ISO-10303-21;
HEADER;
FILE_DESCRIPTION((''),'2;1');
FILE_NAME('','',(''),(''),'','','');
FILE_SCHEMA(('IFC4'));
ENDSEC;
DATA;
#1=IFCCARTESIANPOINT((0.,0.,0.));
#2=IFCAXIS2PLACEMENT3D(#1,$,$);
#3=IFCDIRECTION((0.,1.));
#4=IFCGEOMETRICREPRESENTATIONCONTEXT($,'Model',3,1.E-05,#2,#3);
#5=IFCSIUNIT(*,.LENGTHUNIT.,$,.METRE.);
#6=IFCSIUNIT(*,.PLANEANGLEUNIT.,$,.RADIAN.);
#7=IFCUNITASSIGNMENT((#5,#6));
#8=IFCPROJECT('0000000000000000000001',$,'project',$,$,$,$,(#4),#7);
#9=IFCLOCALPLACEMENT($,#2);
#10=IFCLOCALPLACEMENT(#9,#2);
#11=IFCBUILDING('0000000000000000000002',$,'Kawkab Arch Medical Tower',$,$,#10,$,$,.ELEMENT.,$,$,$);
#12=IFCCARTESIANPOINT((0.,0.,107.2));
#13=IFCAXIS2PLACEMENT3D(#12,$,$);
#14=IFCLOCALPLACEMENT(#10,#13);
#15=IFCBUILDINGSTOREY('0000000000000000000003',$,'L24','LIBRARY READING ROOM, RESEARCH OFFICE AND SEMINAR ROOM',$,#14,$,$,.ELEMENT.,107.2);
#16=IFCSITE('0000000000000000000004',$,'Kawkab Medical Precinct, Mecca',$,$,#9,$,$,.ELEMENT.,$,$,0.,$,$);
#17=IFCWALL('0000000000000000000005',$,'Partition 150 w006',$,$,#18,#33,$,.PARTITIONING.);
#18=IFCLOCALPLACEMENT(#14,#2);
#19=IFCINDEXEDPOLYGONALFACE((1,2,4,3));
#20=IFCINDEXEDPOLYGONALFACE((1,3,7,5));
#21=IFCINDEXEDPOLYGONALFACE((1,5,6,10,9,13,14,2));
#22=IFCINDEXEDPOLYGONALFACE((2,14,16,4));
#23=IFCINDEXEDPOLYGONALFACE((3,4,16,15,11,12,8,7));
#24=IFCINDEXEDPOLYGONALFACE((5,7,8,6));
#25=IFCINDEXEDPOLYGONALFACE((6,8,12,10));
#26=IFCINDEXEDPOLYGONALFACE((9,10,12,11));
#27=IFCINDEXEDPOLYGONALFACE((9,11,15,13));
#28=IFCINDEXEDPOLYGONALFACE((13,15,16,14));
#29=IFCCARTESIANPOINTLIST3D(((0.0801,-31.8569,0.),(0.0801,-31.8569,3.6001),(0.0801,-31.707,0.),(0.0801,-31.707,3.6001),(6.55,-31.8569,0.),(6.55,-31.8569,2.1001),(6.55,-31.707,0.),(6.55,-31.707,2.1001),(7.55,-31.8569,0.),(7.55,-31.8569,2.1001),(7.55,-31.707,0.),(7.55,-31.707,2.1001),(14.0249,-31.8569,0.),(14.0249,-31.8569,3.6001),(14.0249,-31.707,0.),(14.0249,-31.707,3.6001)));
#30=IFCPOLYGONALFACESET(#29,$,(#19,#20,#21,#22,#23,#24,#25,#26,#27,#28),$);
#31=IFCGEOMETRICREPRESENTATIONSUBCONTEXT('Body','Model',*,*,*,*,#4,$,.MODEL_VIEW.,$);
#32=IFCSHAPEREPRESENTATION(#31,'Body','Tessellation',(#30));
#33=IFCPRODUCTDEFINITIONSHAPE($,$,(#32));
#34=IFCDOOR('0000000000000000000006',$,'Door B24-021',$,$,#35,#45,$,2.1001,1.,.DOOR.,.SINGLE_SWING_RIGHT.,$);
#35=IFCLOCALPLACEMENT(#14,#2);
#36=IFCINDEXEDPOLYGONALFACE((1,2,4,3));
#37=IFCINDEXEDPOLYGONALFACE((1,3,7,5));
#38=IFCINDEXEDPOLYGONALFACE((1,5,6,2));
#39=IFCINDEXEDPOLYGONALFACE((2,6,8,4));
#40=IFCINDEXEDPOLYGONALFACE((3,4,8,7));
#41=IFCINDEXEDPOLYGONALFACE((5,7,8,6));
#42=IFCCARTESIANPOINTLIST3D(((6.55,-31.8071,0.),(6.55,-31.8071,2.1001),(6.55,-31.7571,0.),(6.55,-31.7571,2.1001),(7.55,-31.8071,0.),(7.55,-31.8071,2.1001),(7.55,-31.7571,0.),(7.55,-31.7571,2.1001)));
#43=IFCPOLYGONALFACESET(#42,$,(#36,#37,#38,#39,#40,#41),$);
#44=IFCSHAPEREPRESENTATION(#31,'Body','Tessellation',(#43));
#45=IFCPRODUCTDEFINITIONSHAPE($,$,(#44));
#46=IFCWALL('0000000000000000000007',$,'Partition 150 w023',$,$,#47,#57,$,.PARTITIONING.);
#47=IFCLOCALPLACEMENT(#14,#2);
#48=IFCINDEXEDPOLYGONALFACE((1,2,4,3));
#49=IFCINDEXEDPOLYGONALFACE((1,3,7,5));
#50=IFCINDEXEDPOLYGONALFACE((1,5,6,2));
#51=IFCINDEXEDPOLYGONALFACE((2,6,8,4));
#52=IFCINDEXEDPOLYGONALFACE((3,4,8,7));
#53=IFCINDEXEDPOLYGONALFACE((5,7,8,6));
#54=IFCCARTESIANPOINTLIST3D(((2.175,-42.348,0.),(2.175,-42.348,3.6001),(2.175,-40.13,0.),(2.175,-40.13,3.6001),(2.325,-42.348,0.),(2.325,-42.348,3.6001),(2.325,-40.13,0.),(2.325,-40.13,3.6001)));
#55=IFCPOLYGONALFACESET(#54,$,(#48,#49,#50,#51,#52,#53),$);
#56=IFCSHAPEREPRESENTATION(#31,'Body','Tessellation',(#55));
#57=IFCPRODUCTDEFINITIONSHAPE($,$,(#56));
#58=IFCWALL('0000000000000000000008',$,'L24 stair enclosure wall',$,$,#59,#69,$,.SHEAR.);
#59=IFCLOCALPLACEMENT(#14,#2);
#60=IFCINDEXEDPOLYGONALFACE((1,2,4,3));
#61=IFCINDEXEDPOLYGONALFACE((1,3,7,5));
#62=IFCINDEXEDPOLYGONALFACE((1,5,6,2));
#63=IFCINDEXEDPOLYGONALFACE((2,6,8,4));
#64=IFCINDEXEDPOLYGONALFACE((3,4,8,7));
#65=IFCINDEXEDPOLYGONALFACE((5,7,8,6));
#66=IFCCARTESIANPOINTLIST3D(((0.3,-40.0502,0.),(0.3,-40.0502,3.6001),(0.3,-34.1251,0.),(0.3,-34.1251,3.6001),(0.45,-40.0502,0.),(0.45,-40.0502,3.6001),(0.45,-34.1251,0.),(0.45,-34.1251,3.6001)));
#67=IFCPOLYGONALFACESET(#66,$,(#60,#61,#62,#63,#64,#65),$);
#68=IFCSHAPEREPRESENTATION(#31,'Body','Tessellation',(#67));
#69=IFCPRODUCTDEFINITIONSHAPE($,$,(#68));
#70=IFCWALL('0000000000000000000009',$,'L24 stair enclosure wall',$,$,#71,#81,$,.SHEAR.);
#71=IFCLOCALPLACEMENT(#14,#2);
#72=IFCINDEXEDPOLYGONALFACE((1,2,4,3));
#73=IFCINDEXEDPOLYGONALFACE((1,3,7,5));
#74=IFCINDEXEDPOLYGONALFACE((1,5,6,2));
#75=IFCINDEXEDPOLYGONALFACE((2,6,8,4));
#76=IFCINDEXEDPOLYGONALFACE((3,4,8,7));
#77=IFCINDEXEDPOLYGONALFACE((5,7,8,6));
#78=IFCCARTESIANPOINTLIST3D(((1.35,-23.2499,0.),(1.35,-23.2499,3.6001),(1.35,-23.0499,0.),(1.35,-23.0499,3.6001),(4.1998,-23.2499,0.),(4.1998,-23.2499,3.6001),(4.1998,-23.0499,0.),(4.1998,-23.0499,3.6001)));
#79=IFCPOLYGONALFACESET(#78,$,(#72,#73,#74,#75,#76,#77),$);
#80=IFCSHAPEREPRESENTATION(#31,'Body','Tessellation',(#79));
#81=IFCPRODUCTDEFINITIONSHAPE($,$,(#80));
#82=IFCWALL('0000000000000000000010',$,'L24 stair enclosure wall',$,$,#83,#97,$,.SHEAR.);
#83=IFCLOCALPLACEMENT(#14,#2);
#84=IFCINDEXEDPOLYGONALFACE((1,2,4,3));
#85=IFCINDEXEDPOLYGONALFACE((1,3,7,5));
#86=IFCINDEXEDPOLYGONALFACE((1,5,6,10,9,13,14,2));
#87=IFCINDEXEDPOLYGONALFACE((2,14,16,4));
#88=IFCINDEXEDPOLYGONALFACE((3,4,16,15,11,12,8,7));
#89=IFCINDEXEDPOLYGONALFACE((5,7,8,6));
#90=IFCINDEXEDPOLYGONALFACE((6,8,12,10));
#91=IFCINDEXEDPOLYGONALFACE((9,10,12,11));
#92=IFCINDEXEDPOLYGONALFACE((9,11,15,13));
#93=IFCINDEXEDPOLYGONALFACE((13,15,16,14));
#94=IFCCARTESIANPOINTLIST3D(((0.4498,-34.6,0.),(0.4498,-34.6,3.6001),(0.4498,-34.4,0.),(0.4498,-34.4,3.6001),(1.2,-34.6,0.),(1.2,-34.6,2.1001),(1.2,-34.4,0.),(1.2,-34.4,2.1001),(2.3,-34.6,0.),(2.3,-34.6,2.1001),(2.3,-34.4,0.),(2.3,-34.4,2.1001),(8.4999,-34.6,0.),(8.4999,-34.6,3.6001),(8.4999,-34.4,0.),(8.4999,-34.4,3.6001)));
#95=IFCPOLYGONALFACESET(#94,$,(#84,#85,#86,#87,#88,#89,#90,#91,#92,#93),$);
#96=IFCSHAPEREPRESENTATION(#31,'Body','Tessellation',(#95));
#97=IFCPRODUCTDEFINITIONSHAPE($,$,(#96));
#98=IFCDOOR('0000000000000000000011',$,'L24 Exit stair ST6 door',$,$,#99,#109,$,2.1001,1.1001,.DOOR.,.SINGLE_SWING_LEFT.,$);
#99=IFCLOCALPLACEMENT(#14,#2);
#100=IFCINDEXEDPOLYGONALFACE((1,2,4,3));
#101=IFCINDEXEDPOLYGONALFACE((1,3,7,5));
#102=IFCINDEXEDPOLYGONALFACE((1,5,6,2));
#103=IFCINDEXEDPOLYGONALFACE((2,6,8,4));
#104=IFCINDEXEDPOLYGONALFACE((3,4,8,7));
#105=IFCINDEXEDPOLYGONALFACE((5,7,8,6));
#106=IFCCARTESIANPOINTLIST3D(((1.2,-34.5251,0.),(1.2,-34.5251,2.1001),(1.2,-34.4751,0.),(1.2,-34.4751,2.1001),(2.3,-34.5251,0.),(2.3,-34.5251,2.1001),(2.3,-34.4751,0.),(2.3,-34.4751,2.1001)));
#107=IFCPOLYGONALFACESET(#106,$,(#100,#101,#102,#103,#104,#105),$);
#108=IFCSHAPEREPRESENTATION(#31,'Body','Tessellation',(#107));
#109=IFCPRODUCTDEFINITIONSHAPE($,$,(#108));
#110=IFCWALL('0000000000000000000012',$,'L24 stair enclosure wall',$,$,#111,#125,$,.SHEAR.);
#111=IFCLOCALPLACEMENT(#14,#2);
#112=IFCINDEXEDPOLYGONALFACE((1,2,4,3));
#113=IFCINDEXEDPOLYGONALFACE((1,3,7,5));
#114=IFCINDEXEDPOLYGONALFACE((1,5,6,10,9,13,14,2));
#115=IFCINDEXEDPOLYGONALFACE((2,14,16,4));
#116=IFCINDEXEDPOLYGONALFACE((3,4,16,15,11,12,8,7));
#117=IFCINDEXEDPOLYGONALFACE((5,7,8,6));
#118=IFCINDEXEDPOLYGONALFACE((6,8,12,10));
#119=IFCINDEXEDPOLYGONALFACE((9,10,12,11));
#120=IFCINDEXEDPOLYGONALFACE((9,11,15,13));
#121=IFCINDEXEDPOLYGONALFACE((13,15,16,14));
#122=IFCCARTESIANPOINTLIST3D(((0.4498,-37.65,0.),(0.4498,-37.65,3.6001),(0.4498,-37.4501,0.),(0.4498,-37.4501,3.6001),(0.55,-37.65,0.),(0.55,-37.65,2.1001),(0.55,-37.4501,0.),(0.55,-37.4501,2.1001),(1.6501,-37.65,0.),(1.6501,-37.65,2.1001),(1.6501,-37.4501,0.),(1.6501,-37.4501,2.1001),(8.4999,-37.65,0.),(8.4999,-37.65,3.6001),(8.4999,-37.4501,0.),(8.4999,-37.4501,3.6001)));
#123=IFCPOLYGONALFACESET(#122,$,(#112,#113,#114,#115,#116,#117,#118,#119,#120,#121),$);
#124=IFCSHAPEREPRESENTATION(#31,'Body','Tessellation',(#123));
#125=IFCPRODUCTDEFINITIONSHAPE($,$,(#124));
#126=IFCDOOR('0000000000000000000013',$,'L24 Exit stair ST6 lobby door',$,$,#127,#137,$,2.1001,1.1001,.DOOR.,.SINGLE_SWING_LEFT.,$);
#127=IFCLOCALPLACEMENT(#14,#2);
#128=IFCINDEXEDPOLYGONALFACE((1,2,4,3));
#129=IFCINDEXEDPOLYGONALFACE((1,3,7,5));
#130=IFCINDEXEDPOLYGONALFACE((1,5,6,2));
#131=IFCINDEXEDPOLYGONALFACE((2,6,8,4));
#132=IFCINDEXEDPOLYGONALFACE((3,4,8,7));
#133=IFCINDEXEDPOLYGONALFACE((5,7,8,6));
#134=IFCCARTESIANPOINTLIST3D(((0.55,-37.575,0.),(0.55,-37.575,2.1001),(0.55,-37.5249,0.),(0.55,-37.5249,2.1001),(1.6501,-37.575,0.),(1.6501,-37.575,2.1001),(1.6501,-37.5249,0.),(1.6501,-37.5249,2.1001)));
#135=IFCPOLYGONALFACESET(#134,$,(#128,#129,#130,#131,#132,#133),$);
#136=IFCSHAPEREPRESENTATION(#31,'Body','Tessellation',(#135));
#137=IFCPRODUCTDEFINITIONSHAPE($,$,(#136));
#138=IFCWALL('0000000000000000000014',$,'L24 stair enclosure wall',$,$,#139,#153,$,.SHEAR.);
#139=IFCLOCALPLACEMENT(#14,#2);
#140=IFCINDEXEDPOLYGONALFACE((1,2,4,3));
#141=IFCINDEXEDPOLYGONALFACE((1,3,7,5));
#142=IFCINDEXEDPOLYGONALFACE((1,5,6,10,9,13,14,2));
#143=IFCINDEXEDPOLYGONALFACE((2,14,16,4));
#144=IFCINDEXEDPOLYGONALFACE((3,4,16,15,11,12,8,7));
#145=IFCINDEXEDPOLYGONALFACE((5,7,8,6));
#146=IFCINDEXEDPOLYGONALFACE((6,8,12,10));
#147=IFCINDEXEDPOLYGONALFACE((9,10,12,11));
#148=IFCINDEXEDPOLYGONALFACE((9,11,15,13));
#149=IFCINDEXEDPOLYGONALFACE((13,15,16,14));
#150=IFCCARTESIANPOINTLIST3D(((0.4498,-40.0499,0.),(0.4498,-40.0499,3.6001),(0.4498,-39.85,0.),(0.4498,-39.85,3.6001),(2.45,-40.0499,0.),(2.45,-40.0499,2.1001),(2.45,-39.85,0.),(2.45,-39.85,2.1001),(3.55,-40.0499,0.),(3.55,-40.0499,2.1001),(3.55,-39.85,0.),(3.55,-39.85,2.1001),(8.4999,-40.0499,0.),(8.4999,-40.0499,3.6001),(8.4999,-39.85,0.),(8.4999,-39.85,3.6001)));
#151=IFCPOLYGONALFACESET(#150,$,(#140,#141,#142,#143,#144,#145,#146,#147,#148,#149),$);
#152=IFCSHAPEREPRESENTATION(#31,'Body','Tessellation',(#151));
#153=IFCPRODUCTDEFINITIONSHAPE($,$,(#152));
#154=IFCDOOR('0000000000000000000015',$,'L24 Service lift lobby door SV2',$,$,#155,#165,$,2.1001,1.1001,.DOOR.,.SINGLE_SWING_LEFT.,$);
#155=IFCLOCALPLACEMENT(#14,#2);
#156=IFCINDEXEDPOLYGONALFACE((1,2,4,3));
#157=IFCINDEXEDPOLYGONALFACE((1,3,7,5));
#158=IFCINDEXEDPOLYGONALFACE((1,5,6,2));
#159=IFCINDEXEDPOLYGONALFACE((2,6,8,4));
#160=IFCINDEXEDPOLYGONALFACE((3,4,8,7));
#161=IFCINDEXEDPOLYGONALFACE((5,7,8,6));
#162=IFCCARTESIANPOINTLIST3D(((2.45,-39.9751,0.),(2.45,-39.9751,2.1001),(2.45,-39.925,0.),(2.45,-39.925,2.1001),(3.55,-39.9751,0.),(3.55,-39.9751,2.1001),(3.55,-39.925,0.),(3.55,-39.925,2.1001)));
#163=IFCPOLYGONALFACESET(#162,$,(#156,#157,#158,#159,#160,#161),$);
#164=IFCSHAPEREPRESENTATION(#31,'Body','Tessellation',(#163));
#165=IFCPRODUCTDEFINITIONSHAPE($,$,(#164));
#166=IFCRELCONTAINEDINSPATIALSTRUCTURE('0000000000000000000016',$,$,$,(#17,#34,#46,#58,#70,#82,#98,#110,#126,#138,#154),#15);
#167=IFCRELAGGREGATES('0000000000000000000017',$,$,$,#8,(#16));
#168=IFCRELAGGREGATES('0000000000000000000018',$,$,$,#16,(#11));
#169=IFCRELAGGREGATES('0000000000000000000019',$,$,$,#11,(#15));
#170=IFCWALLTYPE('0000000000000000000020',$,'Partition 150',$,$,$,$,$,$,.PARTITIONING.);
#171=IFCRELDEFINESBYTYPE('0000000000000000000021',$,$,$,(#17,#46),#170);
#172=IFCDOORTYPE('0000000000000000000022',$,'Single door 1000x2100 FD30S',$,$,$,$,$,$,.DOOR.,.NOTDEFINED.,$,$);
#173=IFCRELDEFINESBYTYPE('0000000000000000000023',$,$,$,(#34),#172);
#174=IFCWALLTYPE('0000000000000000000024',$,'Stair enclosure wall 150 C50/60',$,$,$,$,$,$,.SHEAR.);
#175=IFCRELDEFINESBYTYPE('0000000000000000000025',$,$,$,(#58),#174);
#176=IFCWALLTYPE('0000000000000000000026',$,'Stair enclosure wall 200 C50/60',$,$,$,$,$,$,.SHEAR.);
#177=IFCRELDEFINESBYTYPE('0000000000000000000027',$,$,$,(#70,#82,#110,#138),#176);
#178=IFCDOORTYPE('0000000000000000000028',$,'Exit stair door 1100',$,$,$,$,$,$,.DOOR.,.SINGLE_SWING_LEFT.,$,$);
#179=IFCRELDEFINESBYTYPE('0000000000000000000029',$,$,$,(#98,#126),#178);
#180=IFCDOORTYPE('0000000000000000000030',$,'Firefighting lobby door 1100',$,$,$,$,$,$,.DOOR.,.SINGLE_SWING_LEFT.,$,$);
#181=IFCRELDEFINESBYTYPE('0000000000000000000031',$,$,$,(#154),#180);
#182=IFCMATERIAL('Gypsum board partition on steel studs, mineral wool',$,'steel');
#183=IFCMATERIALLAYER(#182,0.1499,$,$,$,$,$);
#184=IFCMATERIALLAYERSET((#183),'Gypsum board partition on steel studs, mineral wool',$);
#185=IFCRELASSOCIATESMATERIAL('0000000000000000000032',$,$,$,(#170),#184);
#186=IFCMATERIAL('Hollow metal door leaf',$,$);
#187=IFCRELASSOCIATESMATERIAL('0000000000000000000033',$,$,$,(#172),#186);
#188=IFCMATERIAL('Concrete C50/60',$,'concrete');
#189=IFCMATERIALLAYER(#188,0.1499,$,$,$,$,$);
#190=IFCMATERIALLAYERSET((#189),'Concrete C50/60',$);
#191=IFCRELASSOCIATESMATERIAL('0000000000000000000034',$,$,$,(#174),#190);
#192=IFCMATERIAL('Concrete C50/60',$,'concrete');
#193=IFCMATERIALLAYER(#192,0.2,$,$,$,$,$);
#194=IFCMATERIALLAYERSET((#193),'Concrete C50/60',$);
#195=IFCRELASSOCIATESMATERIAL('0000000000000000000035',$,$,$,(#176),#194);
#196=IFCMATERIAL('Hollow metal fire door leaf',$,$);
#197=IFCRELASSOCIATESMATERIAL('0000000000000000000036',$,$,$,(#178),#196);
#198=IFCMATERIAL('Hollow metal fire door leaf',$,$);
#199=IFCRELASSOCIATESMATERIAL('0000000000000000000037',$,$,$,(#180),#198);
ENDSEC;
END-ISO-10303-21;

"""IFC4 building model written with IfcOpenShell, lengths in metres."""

from ifc_helpers import new_model, si_unit, direction, frame, frame_2d, origin, place, context, subcontext, project, spatial, rectangle, extrude, material, layer, layer_set, type_object, element, fill, save


model = new_model("IFC4")

# Units and contexts
model_context = context("Model", 3, precision=1e-05, world=origin(), true_north=direction((0.0, 1.0)))
body_context = subcontext(model_context, "Body", "Model", "MODEL_VIEW")
ifc_project = project(units=[si_unit("LENGTHUNIT", "METRE"), si_unit("PLANEANGLEUNIT", "RADIAN")], contexts=[model_context])

# Site, building, storey
site_placement = place(None, origin())
site = spatial("IfcSite", under=ifc_project, at=site_placement, Name="Kawkab Medical Precinct, Mecca", CompositionType="ELEMENT", RefElevation=0.0)
building_placement = place(site_placement, origin())
building = spatial("IfcBuilding", under=site, at=building_placement, Name="Kawkab Arch Medical Tower", CompositionType="ELEMENT")
storey_placement = place(building_placement, frame((0.0, 0.0, 107.2)))
storey = spatial("IfcBuildingStorey", under=building, at=storey_placement, Name="L24", Description="LIBRARY READING ROOM, RESEARCH OFFICE AND SEMINAR ROOM", CompositionType="ELEMENT", Elevation=107.2)

# Wall, opening, door
ifc_material_1 = material(Name="Gypsum board partition on steel studs, mineral wool", Category="steel")
ifc_layer_1 = layer(ifc_material_1, 0.1499)
ifc_layer_set_1 = layer_set([ifc_layer_1], Name="Gypsum board partition on steel studs, mineral wool")
wall_type_1 = type_object("IfcWallType", Name="Partition 150", PredefinedType="PARTITIONING", material=ifc_layer_set_1)
wall_1_placement = place(storey_placement, frame((0.0801, -31.782, 0.0), z_axis=(0.0, 0.0, 1.0), x_axis=(1.0, 0.0, 0.0)))
wall_1 = element("IfcWall", 1, at=wall_1_placement, inside=storey, type_object=wall_type_1, Name="Partition 150 w006", PredefinedType="PARTITIONING", context=body_context, shape_type="SweptSolid", body=[
    extrude(rectangle(XDim=13.9448, YDim=0.1499, at=frame_2d((6.9724, 0.0))), origin(), (0.0, 0.0, 1.0), 3.6001),
])
opening_1_placement = place(wall_1_placement, frame((6.47, 0.0, 0.0)))
opening_1 = element("IfcOpeningElement", 2, at=opening_1_placement, cuts=wall_1, PredefinedType="OPENING", context=body_context, shape_type="SweptSolid", body=[
    extrude(rectangle(XDim=1.0, YDim=2.1001, at=frame_2d((0.5, 1.05))), frame((0.0, 0.085, 0.0), z_axis=(0.0, -1.0, 0.0), x_axis=(1.0, 0.0, 0.0)), (0.0, 0.0, 1.0), 0.1699),
])
ifc_material_2 = material(Name="Hollow metal door leaf")
door_type_1 = type_object("IfcDoorType", Name="Single door 1000x2100 FD30S", OperationType="NOTDEFINED", PredefinedType="DOOR", material=ifc_material_2)
door_1_placement = place(opening_1_placement, origin())
door_1 = element("IfcDoor", 3, at=door_1_placement, inside=storey, type_object=door_type_1, Name="Door B24-021", OperationType="SINGLE_SWING_RIGHT", OverallHeight=2.1001, OverallWidth=1.0, PredefinedType="DOOR", context=body_context, shape_type="SweptSolid", body=[
    extrude(rectangle(XDim=1.0, YDim=2.1001, at=frame_2d((0.5, 1.05))), frame((0.0, 0.0249, 0.0), z_axis=(0.0, -1.0, 0.0), x_axis=(1.0, 0.0, 0.0)), (0.0, 0.0, 1.0), 0.05),
])
fill(opening_1, door_1)

# Walls
wall_2_placement = place(storey_placement, frame((2.25, -42.3479, 0.0), z_axis=(0.0, 0.0, 1.0), x_axis=(0.0, 1.0, 0.0)))
element("IfcWall", 4, at=wall_2_placement, inside=storey, type_object=wall_type_1, Name="Partition 150 w023", PredefinedType="PARTITIONING", context=body_context, shape_type="SweptSolid", body=[
    extrude(rectangle(XDim=2.218, YDim=0.1499, at=frame_2d((1.1089, 0.0))), origin(), (0.0, 0.0, 1.0), 3.6001),
])
ifc_material_3 = material(Name="Concrete C50/60", Category="concrete")
ifc_layer_2 = layer(ifc_material_3, 0.1499)
ifc_layer_set_2 = layer_set([ifc_layer_2], Name="Concrete C50/60")
wall_type_2 = type_object("IfcWallType", Name="Stair enclosure wall 150 C50/60", PredefinedType="SHEAR", material=ifc_layer_set_2)
wall_3_placement = place(storey_placement, frame((0.375, -40.05, 0.0), z_axis=(0.0, 0.0, 1.0), x_axis=(0.0, 1.0, 0.0)))
element("IfcWall", 5, at=wall_3_placement, inside=storey, type_object=wall_type_2, Name="L24 stair enclosure wall", PredefinedType="SHEAR", context=body_context, shape_type="SweptSolid", body=[
    extrude(rectangle(XDim=5.925, YDim=0.1499, at=frame_2d((2.9624, 0.0))), origin(), (0.0, 0.0, 1.0), 3.6001),
])
ifc_material_4 = material(Name="Concrete C50/60", Category="concrete")
ifc_layer_3 = layer(ifc_material_4, 0.2)
ifc_layer_set_3 = layer_set([ifc_layer_3], Name="Concrete C50/60")
wall_type_3 = type_object("IfcWallType", Name="Stair enclosure wall 200 C50/60", PredefinedType="SHEAR", material=ifc_layer_set_3)
wall_4_placement = place(storey_placement, frame((1.3501, -23.1499, 0.0), z_axis=(0.0, 0.0, 1.0), x_axis=(1.0, 0.0, 0.0)))
element("IfcWall", 6, at=wall_4_placement, inside=storey, type_object=wall_type_3, Name="L24 stair enclosure wall", PredefinedType="SHEAR", context=body_context, shape_type="SweptSolid", body=[
    extrude(rectangle(XDim=2.8499, YDim=0.2, at=frame_2d((1.4248, 0.0))), origin(), (0.0, 0.0, 1.0), 3.6001),
])

# Walls, openings, doors
wall_5_placement = place(storey_placement, frame((0.45, -34.5, 0.0), z_axis=(0.0, 0.0, 1.0), x_axis=(1.0, 0.0, 0.0)))
wall_5 = element("IfcWall", 7, at=wall_5_placement, inside=storey, type_object=wall_type_3, Name="L24 stair enclosure wall", PredefinedType="SHEAR", context=body_context, shape_type="SweptSolid", body=[
    extrude(rectangle(XDim=8.05, YDim=0.2, at=frame_2d((4.0249, 0.0))), origin(), (0.0, 0.0, 1.0), 3.6001),
])
opening_2_placement = place(wall_5_placement, frame((0.75, 0.0, 0.0)))
opening_2 = element("IfcOpeningElement", 8, at=opening_2_placement, cuts=wall_5, PredefinedType="OPENING", context=body_context, shape_type="SweptSolid", body=[
    extrude(rectangle(XDim=1.1001, YDim=2.1001, at=frame_2d((0.55, 1.05))), frame((0.0, 0.1099, 0.0), z_axis=(0.0, -1.0, 0.0), x_axis=(1.0, 0.0, 0.0)), (0.0, 0.0, 1.0), 0.22),
])
ifc_material_5 = material(Name="Hollow metal fire door leaf")
door_type_2 = type_object("IfcDoorType", Name="Exit stair door 1100", OperationType="SINGLE_SWING_LEFT", PredefinedType="DOOR", material=ifc_material_5)
door_2_placement = place(opening_2_placement, origin())
door_2 = element("IfcDoor", 9, at=door_2_placement, inside=storey, type_object=door_type_2, Name="L24 Exit stair ST6 door", OperationType="SINGLE_SWING_LEFT", OverallHeight=2.1001, OverallWidth=1.1001, PredefinedType="DOOR", context=body_context, shape_type="SweptSolid", body=[
    extrude(rectangle(XDim=1.1001, YDim=2.1001, at=frame_2d((0.55, 1.05))), frame((0.0, 0.0249, 0.0), z_axis=(0.0, -1.0, 0.0), x_axis=(1.0, 0.0, 0.0)), (0.0, 0.0, 1.0), 0.05),
])
fill(opening_2, door_2)
wall_6_placement = place(storey_placement, frame((0.45, -37.55, 0.0), z_axis=(0.0, 0.0, 1.0), x_axis=(1.0, 0.0, 0.0)))
wall_6 = element("IfcWall", 10, at=wall_6_placement, inside=storey, type_object=wall_type_3, Name="L24 stair enclosure wall", PredefinedType="SHEAR", context=body_context, shape_type="SweptSolid", body=[
    extrude(rectangle(XDim=8.05, YDim=0.2, at=frame_2d((4.0249, 0.0))), origin(), (0.0, 0.0, 1.0), 3.6001),
])
opening_3_placement = place(wall_6_placement, frame((0.1001, 0.0, 0.0)))
opening_3 = element("IfcOpeningElement", 11, at=opening_3_placement, cuts=wall_6, PredefinedType="OPENING", context=body_context, shape_type="SweptSolid", body=[
    extrude(rectangle(XDim=1.1001, YDim=2.1001, at=frame_2d((0.55, 1.05))), frame((0.0, 0.1099, 0.0), z_axis=(0.0, -1.0, 0.0), x_axis=(1.0, 0.0, 0.0)), (0.0, 0.0, 1.0), 0.22),
])
door_3_placement = place(opening_3_placement, frame((1.1001, 0.0, 0.0), z_axis=(0.0, 0.0, 1.0), x_axis=(-1.0, 0.0, 0.0)))
door_3 = element("IfcDoor", 12, at=door_3_placement, inside=storey, type_object=door_type_2, Name="L24 Exit stair ST6 lobby door", OperationType="SINGLE_SWING_LEFT", OverallHeight=2.1001, OverallWidth=1.1001, PredefinedType="DOOR", context=body_context, shape_type="SweptSolid", body=[
    extrude(rectangle(XDim=1.1001, YDim=2.1001, at=frame_2d((0.55, 1.05))), frame((0.0, 0.0249, 0.0), z_axis=(0.0, -1.0, 0.0), x_axis=(1.0, 0.0, 0.0)), (0.0, 0.0, 1.0), 0.05),
])
fill(opening_3, door_3)
wall_7_placement = place(storey_placement, frame((0.45, -39.95, 0.0), z_axis=(0.0, 0.0, 1.0), x_axis=(1.0, 0.0, 0.0)))
wall_7 = element("IfcWall", 13, at=wall_7_placement, inside=storey, type_object=wall_type_3, Name="L24 stair enclosure wall", PredefinedType="SHEAR", context=body_context, shape_type="SweptSolid", body=[
    extrude(rectangle(XDim=8.05, YDim=0.2, at=frame_2d((4.0249, 0.0))), origin(), (0.0, 0.0, 1.0), 3.6001),
])
opening_4_placement = place(wall_7_placement, frame((2.0, 0.0, 0.0)))
opening_4 = element("IfcOpeningElement", 14, at=opening_4_placement, cuts=wall_7, PredefinedType="OPENING", context=body_context, shape_type="SweptSolid", body=[
    extrude(rectangle(XDim=1.1001, YDim=2.1001, at=frame_2d((0.55, 1.05))), frame((0.0, 0.1099, 0.0), z_axis=(0.0, -1.0, 0.0), x_axis=(1.0, 0.0, 0.0)), (0.0, 0.0, 1.0), 0.22),
])
ifc_material_6 = material(Name="Hollow metal fire door leaf")
door_type_3 = type_object("IfcDoorType", Name="Firefighting lobby door 1100", OperationType="SINGLE_SWING_LEFT", PredefinedType="DOOR", material=ifc_material_6)
door_4_placement = place(opening_4_placement, origin())
door_4 = element("IfcDoor", 15, at=door_4_placement, inside=storey, type_object=door_type_3, Name="L24 Service lift lobby door SV2", OperationType="SINGLE_SWING_LEFT", OverallHeight=2.1001, OverallWidth=1.1001, PredefinedType="DOOR", context=body_context, shape_type="SweptSolid", body=[
    extrude(rectangle(XDim=1.1001, YDim=2.1001, at=frame_2d((0.55, 1.05))), frame((0.0, 0.0249, 0.0), z_axis=(0.0, -1.0, 0.0), x_axis=(1.0, 0.0, 0.0)), (0.0, 0.0, 1.0), 0.05),
])
fill(opening_4, door_4)

save(model, "model.ifc")
